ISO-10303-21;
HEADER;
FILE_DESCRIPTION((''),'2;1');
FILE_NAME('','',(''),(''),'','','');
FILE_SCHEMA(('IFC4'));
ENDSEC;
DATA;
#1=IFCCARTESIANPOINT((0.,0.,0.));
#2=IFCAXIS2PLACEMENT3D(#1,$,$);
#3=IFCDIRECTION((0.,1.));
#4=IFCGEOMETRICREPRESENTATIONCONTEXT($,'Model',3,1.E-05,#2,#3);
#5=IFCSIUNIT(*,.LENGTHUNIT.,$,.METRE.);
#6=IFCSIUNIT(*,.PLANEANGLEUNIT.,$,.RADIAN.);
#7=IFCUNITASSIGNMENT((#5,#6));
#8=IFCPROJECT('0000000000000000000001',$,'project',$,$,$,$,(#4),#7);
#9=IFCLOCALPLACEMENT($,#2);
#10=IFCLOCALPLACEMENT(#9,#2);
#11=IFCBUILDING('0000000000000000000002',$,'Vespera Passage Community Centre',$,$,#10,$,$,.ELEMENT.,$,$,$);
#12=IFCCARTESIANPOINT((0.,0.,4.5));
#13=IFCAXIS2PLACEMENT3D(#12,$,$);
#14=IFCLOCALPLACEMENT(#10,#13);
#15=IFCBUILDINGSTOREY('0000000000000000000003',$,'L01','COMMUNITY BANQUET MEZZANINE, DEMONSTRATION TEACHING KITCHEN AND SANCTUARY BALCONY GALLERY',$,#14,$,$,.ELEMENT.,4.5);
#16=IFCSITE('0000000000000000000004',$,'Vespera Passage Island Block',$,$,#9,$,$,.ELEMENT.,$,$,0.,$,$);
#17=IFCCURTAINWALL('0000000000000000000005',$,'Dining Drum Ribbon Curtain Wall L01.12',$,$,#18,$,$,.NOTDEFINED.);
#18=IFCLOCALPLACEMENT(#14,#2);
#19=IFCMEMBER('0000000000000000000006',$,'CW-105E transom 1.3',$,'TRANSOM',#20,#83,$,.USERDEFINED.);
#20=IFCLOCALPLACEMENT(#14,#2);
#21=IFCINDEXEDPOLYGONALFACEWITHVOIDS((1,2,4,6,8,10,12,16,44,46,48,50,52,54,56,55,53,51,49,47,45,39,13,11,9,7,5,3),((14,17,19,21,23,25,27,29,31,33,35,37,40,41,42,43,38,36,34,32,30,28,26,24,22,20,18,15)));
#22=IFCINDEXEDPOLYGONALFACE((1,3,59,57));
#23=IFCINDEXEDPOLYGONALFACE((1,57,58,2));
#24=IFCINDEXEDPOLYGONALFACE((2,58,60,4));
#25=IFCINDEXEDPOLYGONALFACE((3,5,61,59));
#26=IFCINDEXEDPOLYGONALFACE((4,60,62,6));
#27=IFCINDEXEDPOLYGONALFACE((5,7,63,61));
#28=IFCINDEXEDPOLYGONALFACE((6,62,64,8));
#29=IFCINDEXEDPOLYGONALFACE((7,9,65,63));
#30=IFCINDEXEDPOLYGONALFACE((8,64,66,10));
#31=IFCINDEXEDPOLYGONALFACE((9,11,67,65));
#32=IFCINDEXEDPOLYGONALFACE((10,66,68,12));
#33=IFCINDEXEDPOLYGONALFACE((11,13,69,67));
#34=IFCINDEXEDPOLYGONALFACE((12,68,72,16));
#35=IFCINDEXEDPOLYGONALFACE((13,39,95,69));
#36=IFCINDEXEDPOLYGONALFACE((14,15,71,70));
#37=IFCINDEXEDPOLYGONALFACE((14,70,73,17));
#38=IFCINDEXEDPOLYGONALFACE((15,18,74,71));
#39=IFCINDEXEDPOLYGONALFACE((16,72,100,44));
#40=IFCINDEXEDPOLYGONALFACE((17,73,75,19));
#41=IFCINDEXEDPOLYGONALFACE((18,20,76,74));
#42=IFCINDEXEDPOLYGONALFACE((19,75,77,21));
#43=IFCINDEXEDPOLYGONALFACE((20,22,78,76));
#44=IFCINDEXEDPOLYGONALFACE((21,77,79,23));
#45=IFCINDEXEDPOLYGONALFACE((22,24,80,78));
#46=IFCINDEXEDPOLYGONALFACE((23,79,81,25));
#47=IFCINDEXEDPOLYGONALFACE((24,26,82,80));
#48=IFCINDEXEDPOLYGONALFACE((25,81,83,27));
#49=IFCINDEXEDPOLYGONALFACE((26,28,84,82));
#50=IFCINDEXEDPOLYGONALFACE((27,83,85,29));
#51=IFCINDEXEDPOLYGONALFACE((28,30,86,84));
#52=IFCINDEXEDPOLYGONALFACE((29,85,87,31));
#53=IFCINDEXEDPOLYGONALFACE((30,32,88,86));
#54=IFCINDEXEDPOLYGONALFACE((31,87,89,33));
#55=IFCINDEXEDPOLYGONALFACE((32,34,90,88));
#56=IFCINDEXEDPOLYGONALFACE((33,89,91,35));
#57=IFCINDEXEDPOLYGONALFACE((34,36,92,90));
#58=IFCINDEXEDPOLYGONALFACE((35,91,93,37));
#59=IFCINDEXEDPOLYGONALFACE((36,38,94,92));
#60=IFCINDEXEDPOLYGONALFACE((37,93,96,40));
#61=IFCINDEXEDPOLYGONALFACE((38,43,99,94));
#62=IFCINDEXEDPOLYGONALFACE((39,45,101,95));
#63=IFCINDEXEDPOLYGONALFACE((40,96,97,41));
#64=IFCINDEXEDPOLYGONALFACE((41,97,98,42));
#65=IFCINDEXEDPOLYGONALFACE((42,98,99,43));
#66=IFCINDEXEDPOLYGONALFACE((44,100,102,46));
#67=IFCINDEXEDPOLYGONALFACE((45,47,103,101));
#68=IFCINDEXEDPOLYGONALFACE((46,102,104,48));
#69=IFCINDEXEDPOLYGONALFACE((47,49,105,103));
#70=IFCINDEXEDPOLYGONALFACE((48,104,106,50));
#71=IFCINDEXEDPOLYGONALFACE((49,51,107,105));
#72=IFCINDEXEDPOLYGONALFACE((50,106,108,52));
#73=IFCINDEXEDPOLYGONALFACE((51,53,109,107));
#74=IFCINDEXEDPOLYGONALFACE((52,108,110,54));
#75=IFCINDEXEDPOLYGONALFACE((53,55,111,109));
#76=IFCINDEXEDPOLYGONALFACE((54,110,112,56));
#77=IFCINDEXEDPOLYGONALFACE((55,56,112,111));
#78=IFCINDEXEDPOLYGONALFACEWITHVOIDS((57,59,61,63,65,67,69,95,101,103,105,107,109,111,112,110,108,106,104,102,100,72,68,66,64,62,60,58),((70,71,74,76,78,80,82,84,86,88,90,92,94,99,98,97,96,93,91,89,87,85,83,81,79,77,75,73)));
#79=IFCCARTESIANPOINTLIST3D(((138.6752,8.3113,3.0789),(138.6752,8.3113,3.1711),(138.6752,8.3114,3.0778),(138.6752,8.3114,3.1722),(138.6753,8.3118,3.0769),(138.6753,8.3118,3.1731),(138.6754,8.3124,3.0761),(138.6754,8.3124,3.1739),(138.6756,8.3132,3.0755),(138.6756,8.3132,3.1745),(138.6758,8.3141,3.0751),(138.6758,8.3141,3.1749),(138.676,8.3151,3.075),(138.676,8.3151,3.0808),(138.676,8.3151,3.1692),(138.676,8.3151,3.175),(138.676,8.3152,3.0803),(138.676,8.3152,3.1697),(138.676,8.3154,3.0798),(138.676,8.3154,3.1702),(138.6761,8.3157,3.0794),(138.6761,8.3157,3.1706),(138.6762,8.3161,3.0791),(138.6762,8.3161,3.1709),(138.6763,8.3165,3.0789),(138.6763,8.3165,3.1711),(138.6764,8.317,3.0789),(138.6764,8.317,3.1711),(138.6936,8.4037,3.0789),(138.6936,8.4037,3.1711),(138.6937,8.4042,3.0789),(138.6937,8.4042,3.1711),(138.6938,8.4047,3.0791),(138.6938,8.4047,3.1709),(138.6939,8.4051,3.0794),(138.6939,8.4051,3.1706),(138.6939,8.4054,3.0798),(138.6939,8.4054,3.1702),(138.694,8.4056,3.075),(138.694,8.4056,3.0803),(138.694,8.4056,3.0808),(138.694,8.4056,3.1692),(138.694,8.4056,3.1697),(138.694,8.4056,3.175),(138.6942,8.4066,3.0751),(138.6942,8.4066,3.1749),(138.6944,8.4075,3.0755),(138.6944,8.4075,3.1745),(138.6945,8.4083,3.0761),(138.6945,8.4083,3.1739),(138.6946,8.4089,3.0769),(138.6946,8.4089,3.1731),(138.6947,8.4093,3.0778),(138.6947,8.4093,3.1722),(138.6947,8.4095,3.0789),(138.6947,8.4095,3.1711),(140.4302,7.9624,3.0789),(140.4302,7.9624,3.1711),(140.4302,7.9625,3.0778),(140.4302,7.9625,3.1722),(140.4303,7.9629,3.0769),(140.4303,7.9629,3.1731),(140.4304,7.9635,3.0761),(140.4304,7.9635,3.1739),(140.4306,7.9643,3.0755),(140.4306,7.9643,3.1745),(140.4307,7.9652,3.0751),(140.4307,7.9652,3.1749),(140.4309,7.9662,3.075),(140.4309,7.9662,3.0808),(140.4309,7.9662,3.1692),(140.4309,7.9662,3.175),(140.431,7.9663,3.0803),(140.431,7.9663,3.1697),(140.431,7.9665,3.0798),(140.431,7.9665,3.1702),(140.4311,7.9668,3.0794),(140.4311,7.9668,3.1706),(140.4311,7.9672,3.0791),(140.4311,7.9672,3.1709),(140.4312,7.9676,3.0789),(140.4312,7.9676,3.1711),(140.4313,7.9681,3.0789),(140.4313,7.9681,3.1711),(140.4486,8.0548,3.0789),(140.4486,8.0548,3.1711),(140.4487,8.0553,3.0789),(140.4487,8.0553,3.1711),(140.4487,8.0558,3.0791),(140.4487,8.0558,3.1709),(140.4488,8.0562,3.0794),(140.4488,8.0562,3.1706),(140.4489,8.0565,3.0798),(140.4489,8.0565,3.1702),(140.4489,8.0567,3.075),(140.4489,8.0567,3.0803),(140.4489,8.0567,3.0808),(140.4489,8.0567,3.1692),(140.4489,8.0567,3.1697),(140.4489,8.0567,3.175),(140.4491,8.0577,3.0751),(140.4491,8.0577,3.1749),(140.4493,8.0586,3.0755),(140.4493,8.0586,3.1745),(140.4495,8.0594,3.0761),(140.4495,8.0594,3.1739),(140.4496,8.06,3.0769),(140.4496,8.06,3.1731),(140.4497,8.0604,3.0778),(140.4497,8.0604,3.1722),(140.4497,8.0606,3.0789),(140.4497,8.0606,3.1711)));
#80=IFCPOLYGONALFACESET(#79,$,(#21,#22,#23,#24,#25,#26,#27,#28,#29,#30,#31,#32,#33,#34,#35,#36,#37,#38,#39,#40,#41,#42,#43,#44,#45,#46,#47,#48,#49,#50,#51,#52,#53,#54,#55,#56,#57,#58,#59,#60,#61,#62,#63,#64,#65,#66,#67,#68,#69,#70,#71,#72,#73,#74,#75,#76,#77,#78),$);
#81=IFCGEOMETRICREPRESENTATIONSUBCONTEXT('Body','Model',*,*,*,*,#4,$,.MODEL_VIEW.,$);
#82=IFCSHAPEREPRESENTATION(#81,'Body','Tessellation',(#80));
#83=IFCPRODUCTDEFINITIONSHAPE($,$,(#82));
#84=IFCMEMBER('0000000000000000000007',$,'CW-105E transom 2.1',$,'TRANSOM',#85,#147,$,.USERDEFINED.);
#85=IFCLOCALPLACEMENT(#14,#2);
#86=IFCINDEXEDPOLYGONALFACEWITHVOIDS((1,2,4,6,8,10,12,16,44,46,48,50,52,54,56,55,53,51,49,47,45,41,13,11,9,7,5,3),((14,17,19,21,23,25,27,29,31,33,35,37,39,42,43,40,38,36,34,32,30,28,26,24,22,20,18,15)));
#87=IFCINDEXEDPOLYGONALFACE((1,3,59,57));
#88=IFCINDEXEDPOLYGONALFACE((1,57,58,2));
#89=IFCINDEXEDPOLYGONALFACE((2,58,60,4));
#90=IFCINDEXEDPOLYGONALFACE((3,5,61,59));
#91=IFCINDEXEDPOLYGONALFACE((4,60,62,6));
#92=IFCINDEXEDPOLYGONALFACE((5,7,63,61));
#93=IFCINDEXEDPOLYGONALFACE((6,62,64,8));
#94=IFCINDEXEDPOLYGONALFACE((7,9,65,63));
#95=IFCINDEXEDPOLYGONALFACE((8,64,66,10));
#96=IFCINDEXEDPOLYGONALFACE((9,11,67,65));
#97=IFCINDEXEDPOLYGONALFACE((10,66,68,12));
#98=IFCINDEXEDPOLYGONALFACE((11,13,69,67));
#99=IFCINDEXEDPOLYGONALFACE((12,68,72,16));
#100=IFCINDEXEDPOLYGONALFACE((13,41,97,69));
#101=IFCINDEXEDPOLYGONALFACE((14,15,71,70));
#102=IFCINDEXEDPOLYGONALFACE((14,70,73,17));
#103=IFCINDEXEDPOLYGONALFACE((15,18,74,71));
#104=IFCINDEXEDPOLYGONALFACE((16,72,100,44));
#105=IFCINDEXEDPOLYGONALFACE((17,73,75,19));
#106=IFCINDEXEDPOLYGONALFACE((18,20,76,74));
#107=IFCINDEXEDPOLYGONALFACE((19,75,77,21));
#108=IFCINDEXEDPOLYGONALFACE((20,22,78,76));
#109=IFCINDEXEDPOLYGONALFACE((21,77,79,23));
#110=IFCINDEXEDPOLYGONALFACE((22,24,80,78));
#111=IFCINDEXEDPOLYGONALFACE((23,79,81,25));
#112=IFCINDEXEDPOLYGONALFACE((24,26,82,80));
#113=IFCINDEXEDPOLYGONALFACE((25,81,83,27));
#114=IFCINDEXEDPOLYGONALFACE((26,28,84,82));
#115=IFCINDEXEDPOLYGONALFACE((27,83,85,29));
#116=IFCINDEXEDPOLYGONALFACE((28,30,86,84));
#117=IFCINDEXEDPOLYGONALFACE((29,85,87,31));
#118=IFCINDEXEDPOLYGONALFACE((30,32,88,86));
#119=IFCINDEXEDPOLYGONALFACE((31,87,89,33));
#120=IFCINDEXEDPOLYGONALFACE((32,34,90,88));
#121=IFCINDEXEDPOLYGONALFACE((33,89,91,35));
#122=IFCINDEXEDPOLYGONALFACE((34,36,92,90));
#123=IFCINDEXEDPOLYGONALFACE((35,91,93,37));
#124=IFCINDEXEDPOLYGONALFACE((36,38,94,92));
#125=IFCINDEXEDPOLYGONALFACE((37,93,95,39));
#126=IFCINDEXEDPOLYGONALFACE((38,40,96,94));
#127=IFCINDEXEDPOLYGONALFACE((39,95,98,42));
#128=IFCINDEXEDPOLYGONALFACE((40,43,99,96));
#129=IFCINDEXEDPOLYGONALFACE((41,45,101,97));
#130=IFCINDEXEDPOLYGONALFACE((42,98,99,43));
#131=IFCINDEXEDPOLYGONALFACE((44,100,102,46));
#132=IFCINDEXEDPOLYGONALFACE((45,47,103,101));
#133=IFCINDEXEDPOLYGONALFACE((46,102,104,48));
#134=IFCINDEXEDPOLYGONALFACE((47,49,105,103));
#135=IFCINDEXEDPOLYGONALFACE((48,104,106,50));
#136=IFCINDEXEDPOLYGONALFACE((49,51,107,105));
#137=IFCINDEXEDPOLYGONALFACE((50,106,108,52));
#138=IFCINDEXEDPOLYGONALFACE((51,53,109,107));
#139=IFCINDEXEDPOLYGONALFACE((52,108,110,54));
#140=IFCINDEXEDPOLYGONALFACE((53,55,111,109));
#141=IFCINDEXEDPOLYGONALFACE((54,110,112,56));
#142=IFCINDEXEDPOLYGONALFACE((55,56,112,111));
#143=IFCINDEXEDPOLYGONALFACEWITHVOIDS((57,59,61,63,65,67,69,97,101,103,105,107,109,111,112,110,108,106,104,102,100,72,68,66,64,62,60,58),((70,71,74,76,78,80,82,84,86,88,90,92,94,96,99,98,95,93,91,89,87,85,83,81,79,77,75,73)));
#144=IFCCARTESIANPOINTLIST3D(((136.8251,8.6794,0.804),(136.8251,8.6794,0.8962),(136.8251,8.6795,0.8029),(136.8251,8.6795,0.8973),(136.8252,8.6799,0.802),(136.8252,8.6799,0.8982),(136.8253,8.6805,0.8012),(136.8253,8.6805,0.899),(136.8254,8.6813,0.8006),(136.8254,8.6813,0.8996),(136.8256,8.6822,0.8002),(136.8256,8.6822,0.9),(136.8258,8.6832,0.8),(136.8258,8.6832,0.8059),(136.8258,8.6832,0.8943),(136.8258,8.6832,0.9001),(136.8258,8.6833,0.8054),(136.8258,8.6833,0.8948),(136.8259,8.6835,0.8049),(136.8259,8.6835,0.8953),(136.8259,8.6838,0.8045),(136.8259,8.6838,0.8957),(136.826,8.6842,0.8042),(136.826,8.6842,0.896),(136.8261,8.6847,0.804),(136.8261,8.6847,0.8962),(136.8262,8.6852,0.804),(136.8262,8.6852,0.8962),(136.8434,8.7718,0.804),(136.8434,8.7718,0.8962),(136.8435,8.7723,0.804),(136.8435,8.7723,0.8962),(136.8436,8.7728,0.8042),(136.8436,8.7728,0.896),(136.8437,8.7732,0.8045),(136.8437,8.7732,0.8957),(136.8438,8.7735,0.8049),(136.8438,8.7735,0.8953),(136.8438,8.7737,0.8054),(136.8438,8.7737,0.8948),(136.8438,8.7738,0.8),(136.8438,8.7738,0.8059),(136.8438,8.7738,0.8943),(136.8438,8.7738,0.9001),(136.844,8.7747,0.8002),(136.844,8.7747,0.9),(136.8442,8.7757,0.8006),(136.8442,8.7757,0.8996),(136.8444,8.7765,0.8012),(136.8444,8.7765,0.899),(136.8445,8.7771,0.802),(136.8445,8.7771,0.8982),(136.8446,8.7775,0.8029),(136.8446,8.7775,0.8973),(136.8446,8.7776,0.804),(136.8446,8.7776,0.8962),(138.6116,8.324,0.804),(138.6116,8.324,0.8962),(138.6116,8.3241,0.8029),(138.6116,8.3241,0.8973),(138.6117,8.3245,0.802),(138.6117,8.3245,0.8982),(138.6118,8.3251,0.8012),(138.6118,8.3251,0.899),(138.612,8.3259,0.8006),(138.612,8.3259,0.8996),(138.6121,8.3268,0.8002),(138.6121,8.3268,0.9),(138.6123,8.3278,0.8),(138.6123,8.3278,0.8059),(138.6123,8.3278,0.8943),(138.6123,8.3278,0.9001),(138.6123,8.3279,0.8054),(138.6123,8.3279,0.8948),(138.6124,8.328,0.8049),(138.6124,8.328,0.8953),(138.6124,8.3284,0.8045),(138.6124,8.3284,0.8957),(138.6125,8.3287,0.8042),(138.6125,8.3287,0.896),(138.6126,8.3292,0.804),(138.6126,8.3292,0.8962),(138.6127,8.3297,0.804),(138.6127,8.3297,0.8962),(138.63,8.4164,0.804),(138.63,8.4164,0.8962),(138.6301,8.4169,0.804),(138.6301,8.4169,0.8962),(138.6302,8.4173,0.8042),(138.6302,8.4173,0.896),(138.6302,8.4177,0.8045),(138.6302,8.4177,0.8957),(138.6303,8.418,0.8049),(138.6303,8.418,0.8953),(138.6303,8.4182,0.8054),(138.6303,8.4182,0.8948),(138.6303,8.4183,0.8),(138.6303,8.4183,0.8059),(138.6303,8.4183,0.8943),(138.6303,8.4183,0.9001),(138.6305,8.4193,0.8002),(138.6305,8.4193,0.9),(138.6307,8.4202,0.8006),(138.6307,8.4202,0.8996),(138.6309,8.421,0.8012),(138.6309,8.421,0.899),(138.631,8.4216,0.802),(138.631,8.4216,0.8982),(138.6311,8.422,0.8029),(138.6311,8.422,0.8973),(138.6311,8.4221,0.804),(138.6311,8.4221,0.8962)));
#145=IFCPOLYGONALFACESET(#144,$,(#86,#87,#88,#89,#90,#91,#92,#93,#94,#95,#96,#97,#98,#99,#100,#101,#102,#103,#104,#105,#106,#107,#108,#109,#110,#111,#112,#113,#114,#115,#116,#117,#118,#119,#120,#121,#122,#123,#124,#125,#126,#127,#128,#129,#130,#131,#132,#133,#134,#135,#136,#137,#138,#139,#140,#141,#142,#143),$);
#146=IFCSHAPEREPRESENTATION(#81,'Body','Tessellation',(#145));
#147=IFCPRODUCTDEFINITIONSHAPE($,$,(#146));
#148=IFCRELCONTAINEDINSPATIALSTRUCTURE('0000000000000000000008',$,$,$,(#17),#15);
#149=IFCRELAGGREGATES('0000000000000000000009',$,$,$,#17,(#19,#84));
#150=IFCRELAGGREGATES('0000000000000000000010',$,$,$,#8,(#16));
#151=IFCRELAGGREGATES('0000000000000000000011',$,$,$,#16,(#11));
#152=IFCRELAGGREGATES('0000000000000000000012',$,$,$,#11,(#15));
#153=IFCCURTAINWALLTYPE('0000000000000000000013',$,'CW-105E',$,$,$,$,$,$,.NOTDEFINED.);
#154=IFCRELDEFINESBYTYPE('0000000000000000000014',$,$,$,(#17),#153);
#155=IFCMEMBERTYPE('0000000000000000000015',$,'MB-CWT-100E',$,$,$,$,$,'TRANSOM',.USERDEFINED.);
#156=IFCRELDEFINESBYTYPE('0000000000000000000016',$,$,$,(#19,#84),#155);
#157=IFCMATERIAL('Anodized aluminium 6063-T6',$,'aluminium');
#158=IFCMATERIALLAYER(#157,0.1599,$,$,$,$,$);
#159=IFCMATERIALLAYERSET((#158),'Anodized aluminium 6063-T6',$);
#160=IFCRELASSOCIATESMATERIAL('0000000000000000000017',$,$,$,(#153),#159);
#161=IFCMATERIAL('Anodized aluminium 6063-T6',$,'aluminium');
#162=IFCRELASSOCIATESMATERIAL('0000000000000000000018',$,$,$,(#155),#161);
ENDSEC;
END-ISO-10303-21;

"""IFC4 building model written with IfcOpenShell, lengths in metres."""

from ifc_helpers import new_model, si_unit, direction, frame, origin, origin_2d, place, context, subcontext, project, spatial, hollow_rectangle, extrude, material, layer, layer_set, material_profile, profile_set, type_object, element, aggregate, save


model = new_model("IFC4")

# Units and contexts
model_context = context("Model", 3, precision=1e-05, world=origin(), true_north=direction((0.0, 1.0)))
body_context = subcontext(model_context, "Body", "Model", "MODEL_VIEW")
ifc_project = project(units=[si_unit("LENGTHUNIT", "METRE"), si_unit("PLANEANGLEUNIT", "RADIAN")], contexts=[model_context])

# Site, building, storey
site_placement = place(None, origin())
site = spatial("IfcSite", under=ifc_project, at=site_placement, Name="Vespera Passage Island Block", CompositionType="ELEMENT", RefElevation=0.0)
building_placement = place(site_placement, origin())
building = spatial("IfcBuilding", under=site, at=building_placement, Name="Vespera Passage Community Centre", CompositionType="ELEMENT")
storey_placement = place(building_placement, frame((0.0, 0.0, 4.5)))
storey = spatial("IfcBuildingStorey", under=building, at=storey_placement, Name="L01", Description="COMMUNITY BANQUET MEZZANINE, DEMONSTRATION TEACHING KITCHEN AND SANCTUARY BALCONY GALLERY", CompositionType="ELEMENT", Elevation=4.5)

# Curtain wall, members
ifc_material_1 = material(Name="Anodized aluminium 6063-T6", Category="aluminium")
ifc_layer_1 = layer(ifc_material_1, 0.1599)
ifc_layer_set_1 = layer_set([ifc_layer_1], Name="Anodized aluminium 6063-T6")
curtain_wall_type = type_object("IfcCurtainWallType", Name="CW-105E", PredefinedType="NOTDEFINED", material=ifc_layer_set_1)
curtain_wall_placement = place(storey_placement, origin())
curtain_wall = element("IfcCurtainWall", 1, at=curtain_wall_placement, inside=storey, type_object=curtain_wall_type, Name="Dining Drum Ribbon Curtain Wall L01.12", PredefinedType="NOTDEFINED")
ifc_material_2 = material(Name="Anodized aluminium 6063-T6", Category="aluminium")
ifc_material_profile_1 = material_profile(ifc_material_2, hollow_rectangle(XDim=0.1001, YDim=0.1001, WallThickness=0.0039, InnerFilletRadius=0.002, OuterFilletRadius=0.0039, at=origin_2d()), Name="ALU100X100X4")
ifc_profile_set_1 = profile_set([ifc_material_profile_1], Name="Anodized aluminium 6063-T6")
member_type_1 = type_object("IfcMemberType", Name="MB-CWT-100E", ElementType="TRANSOM", PredefinedType="USERDEFINED", material=ifc_profile_set_1)
member_1_placement = place(storey_placement, frame((140.4399, 8.0115, 3.125), z_axis=(-0.980806, 0.194988, 0.0), x_axis=(-0.194988, -0.980806, 0.0)))
member_1 = element("IfcMember", 2, at=member_1_placement, type_object=member_type_1, Name="CW-105E transom 1.3", ObjectType="TRANSOM", PredefinedType="USERDEFINED", context=body_context, shape_type="SweptSolid", body=[
    extrude(hollow_rectangle(XDim=0.1001, YDim=0.1001, WallThickness=0.0039, InnerFilletRadius=0.002, OuterFilletRadius=0.0039, at=origin_2d()), origin(), (0.0, 0.0, 1.0), 1.7893),
])
member_2_placement = place(storey_placement, frame((138.6213, 8.373, 0.8501), z_axis=(-0.980776, 0.195137, 0.0), x_axis=(-0.195137, -0.980776, 0.0)))
member_2 = element("IfcMember", 3, at=member_2_placement, type_object=member_type_1, Name="CW-105E transom 2.1", ObjectType="TRANSOM", PredefinedType="USERDEFINED", context=body_context, shape_type="SweptSolid", body=[
    extrude(hollow_rectangle(XDim=0.1001, YDim=0.1001, WallThickness=0.0039, InnerFilletRadius=0.002, OuterFilletRadius=0.0039, at=origin_2d()), origin(), (0.0, 0.0, 1.0), 1.8215),
])
aggregate(curtain_wall, [member_1, member_2])

save(model, "model.ifc")
